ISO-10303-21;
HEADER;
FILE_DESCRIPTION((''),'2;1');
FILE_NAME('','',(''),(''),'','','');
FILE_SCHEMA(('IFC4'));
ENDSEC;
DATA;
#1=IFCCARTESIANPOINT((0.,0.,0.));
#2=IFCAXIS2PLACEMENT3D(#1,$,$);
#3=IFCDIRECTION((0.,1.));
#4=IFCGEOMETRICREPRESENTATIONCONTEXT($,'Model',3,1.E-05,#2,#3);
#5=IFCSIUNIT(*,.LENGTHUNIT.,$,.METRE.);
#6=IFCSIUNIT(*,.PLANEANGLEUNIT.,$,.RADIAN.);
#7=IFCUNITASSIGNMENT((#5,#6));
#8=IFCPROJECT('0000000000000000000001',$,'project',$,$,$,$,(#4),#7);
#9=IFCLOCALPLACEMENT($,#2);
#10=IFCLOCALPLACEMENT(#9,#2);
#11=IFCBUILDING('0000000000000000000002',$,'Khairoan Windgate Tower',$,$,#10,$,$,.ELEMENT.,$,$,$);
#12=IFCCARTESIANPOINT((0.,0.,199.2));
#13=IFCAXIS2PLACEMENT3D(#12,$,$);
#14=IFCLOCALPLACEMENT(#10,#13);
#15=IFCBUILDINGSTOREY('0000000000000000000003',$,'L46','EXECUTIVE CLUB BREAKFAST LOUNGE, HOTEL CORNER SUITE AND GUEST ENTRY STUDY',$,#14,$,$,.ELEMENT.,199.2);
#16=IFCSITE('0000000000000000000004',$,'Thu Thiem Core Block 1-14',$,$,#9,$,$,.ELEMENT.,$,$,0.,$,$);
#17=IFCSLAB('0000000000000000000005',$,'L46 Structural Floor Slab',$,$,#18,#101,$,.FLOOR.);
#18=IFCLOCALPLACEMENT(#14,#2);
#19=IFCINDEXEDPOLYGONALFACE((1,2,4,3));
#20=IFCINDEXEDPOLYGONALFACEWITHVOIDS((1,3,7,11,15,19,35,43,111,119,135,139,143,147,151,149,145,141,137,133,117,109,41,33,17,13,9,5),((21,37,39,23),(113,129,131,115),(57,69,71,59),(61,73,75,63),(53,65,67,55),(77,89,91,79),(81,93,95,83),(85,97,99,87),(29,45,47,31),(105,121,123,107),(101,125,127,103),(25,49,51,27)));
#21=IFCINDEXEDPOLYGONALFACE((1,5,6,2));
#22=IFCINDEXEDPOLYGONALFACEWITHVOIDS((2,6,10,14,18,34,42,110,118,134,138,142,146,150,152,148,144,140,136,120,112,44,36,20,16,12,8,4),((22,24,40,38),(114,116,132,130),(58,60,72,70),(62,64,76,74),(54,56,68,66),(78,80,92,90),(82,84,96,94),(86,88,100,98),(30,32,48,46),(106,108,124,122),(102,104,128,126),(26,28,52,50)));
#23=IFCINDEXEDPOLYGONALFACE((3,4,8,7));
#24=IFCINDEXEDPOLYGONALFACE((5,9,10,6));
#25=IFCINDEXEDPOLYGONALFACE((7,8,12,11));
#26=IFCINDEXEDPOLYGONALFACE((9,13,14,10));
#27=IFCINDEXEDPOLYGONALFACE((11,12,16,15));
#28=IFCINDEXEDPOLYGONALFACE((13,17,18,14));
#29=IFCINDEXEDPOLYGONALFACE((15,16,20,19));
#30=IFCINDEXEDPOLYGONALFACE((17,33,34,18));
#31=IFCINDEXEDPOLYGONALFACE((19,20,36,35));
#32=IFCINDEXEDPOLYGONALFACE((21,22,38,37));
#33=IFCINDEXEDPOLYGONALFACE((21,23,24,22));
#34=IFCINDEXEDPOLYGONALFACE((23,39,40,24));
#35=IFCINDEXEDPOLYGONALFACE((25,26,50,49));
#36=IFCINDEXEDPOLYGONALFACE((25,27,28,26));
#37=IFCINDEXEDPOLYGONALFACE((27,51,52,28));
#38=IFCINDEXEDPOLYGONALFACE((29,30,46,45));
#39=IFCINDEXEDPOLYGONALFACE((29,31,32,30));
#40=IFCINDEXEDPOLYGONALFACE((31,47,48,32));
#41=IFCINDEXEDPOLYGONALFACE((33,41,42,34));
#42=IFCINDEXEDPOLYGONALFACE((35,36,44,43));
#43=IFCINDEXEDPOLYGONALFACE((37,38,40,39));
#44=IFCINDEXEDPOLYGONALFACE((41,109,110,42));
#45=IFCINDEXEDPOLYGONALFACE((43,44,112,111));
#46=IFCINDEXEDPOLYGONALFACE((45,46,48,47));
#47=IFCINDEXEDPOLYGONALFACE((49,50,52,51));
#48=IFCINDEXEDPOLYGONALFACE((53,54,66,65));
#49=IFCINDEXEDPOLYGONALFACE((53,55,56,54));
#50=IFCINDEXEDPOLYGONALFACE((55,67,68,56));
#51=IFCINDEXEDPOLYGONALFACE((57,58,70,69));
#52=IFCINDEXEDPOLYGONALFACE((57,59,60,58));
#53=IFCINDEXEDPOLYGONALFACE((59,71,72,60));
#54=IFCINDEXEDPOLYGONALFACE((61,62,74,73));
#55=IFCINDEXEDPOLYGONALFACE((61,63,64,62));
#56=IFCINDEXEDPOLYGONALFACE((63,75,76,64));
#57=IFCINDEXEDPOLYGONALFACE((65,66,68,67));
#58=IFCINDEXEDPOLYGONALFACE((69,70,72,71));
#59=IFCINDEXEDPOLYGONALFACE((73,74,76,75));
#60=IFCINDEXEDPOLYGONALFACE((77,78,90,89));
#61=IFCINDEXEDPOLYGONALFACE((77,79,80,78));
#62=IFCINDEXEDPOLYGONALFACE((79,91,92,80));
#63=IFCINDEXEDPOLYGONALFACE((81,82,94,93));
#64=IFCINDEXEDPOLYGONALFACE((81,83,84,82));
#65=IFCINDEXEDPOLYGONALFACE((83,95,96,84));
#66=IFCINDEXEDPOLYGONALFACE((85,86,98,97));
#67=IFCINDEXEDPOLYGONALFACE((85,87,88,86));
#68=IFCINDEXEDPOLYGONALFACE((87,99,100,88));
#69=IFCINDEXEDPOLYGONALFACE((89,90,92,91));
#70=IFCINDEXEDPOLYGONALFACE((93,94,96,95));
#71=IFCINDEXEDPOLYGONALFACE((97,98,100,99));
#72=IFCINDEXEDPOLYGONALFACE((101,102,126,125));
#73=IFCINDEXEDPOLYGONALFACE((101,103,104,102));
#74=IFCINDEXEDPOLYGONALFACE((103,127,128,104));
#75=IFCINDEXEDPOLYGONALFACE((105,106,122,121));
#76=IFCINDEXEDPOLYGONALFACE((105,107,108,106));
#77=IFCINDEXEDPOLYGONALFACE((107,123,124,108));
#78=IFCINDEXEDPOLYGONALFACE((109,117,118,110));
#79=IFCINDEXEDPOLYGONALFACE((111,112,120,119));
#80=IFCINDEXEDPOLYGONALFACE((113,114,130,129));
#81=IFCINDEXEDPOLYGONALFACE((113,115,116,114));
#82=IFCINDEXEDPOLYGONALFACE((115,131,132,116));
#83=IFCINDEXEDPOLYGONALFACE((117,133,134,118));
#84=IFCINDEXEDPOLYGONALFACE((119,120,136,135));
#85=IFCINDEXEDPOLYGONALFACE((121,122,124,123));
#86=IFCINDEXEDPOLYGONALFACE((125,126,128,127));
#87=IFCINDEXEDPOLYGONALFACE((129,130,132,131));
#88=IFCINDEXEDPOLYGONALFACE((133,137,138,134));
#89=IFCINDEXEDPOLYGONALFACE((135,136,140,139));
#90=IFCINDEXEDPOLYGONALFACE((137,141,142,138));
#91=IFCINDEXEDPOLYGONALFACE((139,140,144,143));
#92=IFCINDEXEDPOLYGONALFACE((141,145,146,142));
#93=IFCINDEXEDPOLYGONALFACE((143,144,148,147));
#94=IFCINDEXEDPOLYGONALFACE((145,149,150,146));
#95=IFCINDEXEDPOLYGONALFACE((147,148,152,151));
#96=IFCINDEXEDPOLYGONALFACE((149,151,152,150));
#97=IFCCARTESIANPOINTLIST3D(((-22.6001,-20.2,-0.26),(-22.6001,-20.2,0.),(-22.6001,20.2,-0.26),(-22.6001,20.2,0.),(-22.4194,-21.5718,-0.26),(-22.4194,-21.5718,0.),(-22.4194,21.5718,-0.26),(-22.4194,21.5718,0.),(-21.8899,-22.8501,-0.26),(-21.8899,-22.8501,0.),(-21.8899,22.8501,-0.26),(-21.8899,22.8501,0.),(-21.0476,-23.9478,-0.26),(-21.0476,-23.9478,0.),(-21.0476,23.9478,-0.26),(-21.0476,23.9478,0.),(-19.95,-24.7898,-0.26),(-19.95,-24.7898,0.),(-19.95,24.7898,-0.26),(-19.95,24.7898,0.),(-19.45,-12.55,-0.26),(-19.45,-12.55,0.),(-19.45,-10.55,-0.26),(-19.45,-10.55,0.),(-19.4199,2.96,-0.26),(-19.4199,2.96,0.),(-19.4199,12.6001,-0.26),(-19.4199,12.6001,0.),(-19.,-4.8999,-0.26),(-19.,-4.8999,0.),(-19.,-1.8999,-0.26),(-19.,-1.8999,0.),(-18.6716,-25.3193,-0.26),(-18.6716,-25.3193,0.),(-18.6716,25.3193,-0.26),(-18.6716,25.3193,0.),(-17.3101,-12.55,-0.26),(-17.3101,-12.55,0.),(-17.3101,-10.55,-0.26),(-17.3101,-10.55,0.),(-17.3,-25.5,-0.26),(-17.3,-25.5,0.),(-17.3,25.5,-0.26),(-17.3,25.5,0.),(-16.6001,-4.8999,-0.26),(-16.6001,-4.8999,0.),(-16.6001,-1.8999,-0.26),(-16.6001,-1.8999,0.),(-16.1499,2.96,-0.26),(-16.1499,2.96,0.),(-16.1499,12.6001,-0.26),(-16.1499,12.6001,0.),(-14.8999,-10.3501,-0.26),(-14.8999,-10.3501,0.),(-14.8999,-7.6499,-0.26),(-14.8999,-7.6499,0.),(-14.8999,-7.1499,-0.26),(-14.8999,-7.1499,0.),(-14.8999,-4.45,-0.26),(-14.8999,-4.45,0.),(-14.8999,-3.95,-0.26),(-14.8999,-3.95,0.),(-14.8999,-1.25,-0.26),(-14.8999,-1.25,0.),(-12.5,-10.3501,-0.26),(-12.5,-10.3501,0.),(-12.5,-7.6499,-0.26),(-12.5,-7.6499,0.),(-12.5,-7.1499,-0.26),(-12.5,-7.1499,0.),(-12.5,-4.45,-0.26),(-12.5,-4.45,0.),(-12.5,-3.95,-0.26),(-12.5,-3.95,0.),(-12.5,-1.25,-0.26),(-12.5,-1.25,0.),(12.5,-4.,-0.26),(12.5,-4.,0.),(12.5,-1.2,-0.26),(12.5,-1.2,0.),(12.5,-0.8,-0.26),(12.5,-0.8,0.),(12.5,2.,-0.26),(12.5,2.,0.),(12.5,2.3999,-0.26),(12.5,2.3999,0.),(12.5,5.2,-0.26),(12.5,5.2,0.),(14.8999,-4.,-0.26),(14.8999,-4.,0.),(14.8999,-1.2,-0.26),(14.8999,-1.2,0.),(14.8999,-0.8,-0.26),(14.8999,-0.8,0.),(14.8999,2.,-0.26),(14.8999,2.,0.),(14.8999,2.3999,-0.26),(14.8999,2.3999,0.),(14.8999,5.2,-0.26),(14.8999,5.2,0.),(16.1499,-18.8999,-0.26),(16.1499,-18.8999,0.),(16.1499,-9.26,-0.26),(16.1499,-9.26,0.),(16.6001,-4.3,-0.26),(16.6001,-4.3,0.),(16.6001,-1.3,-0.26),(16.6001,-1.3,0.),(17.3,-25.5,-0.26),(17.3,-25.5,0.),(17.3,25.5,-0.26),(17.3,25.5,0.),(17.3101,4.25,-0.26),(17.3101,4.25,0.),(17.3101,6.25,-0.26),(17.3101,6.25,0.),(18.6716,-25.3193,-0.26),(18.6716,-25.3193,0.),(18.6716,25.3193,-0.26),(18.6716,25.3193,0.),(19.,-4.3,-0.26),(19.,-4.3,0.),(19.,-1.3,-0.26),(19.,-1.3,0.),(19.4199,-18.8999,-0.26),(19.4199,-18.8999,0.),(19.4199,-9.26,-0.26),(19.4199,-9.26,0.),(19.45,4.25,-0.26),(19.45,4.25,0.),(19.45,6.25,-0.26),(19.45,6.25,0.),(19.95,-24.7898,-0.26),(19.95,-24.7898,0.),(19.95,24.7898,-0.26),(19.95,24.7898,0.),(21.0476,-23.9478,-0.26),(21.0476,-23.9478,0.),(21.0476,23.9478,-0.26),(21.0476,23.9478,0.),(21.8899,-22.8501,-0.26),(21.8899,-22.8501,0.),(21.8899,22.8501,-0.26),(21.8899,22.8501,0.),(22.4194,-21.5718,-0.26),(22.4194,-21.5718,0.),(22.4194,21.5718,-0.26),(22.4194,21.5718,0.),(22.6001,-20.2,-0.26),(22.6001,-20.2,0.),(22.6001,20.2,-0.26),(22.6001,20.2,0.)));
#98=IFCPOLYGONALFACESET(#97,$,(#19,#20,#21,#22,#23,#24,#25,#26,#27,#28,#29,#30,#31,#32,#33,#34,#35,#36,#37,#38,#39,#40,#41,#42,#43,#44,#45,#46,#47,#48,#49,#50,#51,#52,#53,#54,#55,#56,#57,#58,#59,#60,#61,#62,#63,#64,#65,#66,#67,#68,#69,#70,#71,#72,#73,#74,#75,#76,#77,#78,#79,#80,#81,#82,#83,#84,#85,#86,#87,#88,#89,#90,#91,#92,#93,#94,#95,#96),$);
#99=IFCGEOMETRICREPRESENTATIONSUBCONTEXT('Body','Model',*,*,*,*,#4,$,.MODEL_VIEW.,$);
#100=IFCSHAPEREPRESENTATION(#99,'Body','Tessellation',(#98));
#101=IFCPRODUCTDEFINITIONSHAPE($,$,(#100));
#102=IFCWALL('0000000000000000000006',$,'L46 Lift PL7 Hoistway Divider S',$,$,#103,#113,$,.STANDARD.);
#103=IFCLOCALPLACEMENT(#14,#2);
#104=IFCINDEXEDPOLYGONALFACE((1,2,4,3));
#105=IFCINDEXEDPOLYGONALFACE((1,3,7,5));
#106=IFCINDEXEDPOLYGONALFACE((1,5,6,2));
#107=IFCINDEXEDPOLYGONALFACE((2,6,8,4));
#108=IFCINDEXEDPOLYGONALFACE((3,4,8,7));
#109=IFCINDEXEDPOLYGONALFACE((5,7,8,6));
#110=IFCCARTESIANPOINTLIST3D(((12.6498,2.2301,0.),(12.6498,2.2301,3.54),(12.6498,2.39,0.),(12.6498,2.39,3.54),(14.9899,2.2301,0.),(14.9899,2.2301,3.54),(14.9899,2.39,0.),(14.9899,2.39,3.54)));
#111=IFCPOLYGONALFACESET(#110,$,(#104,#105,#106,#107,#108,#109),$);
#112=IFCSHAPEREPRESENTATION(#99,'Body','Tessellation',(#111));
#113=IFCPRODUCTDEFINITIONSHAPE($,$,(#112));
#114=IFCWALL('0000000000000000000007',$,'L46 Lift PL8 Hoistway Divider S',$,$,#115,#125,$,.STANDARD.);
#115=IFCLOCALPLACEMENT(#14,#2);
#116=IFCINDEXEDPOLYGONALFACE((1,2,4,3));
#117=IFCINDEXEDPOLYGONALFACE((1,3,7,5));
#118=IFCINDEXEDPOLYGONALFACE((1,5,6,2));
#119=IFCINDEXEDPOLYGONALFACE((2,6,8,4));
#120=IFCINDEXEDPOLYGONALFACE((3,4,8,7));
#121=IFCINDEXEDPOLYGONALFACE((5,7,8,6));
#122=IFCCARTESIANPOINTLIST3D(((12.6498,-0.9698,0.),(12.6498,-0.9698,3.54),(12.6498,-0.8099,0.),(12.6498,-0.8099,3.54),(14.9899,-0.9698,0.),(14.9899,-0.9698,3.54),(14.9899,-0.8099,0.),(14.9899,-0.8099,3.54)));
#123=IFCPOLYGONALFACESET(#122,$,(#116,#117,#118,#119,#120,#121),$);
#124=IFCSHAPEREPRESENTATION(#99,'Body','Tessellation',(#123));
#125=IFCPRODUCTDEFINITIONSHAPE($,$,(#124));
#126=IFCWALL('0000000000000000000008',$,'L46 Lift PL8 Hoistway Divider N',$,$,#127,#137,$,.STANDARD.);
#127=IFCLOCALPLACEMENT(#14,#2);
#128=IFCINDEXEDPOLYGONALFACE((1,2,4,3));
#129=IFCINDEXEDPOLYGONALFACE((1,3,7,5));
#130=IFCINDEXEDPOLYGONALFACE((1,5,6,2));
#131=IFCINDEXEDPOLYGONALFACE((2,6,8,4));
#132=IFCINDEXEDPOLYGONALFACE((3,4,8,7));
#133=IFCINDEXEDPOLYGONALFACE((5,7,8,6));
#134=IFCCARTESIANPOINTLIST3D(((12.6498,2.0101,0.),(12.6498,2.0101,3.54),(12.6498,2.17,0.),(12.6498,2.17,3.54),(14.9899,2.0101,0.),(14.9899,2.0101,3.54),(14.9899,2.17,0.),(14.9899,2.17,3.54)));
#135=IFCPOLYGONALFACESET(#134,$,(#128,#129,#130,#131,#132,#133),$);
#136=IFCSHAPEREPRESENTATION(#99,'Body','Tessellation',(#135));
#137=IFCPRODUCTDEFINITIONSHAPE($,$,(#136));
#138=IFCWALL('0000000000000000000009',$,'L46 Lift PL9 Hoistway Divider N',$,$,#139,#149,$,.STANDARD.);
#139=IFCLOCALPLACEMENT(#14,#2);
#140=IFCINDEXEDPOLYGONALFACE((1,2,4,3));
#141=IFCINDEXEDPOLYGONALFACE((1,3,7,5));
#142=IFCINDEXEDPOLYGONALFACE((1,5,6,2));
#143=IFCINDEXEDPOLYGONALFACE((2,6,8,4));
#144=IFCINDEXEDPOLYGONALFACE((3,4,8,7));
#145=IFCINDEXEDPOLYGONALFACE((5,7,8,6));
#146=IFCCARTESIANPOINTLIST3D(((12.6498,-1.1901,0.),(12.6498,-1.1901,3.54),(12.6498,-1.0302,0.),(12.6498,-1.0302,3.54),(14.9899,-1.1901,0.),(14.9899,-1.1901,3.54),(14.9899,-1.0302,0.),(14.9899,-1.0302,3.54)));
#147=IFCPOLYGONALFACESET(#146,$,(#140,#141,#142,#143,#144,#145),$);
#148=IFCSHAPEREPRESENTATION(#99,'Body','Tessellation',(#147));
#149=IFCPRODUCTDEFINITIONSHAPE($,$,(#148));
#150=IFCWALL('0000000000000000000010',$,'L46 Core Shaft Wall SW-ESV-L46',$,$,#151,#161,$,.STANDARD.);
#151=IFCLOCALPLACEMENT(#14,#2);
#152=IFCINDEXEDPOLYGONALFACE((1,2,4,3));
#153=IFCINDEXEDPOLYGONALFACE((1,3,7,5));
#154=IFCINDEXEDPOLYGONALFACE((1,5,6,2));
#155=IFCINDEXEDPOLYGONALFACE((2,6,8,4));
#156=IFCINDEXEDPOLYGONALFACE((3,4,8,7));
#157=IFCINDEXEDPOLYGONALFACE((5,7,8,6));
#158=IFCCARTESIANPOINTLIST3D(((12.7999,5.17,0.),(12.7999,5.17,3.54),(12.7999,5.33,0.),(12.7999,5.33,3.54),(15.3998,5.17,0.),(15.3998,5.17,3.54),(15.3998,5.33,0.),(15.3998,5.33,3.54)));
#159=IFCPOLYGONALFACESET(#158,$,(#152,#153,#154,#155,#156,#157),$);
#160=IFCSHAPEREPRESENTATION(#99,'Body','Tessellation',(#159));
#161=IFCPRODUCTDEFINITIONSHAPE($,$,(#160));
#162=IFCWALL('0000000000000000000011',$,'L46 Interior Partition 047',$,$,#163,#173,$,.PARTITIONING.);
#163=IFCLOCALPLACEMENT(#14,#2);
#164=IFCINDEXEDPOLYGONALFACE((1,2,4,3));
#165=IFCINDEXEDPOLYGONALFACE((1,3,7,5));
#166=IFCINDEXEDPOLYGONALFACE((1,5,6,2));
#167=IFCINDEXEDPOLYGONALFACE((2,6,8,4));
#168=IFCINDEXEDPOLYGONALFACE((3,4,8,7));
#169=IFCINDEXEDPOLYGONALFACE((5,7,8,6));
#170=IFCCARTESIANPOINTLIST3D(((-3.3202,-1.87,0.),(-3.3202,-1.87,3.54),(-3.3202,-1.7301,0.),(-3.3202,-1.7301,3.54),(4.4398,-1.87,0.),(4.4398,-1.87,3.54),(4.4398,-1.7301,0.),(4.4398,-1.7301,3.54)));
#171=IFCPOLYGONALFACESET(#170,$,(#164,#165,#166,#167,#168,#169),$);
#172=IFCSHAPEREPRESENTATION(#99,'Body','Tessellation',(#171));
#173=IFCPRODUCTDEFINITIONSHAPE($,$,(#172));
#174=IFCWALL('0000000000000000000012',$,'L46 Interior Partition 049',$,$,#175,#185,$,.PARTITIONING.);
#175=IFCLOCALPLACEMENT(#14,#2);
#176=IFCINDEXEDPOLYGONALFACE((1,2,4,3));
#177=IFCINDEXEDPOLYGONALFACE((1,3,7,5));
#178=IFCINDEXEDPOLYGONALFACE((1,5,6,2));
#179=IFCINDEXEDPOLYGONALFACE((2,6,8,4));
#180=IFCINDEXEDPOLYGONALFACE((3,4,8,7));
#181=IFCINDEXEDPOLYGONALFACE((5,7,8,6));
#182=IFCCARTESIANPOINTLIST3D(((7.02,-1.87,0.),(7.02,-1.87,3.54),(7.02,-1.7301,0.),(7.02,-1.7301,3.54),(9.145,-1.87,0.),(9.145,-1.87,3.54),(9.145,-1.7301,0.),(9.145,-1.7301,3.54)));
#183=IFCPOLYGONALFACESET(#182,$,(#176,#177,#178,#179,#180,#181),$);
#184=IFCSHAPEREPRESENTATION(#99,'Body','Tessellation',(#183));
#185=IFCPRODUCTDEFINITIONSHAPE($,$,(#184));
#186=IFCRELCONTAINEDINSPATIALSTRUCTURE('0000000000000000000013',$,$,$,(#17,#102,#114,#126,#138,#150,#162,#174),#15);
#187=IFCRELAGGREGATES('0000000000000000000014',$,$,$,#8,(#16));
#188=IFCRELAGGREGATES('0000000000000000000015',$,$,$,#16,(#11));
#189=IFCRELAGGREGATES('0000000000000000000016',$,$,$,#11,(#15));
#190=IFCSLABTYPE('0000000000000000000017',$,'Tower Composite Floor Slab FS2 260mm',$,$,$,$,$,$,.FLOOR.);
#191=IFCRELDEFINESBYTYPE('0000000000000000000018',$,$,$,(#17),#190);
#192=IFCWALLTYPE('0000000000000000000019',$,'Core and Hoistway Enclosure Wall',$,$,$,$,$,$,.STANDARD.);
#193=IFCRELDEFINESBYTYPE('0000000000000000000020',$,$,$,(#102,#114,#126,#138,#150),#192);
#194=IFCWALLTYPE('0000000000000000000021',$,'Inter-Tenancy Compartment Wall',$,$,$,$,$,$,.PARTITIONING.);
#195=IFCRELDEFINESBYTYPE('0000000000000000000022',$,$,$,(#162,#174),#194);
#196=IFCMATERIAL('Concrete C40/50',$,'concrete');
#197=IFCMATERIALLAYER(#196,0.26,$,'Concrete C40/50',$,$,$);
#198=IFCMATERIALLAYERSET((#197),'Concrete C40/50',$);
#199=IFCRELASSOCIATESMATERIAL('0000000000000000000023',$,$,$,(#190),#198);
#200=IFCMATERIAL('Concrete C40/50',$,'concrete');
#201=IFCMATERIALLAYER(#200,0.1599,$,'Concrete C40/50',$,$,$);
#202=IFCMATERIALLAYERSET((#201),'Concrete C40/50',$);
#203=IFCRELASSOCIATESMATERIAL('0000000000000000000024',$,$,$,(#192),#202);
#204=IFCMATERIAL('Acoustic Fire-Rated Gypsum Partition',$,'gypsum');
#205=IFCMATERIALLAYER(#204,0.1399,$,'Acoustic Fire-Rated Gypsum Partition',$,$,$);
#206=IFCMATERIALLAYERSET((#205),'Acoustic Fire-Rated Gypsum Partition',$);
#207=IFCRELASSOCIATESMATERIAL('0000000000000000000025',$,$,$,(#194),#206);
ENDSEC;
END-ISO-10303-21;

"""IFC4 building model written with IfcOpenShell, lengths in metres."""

from ifc_helpers import new_model, si_unit, direction, frame, frame_2d, origin, place, context, subcontext, project, spatial, polyline, rectangle, outline, extrude, material, layer, layer_set, type_object, element, save


model = new_model("IFC4")

# Units and contexts
model_context = context("Model", 3, precision=1e-05, world=origin(), true_north=direction((0.0, 1.0)))
body_context = subcontext(model_context, "Body", "Model", "MODEL_VIEW")
ifc_project = project(units=[si_unit("LENGTHUNIT", "METRE"), si_unit("PLANEANGLEUNIT", "RADIAN")], contexts=[model_context])

# Site, building, storey
site_placement = place(None, origin())
site = spatial("IfcSite", under=ifc_project, at=site_placement, Name="Thu Thiem Core Block 1-14", CompositionType="ELEMENT", RefElevation=0.0)
building_placement = place(site_placement, origin())
building = spatial("IfcBuilding", under=site, at=building_placement, Name="Khairoan Windgate Tower", CompositionType="ELEMENT")
storey_placement = place(building_placement, frame((0.0, 0.0, 199.2)))
storey = spatial("IfcBuildingStorey", under=building, at=storey_placement, Name="L46", Description="EXECUTIVE CLUB BREAKFAST LOUNGE, HOTEL CORNER SUITE AND GUEST ENTRY STUDY", CompositionType="ELEMENT", Elevation=199.2)

# Slab
ifc_material_1 = material(Name="Concrete C40/50", Category="concrete")
ifc_layer_1 = layer(ifc_material_1, 0.26, Name="Concrete C40/50")
ifc_layer_set_1 = layer_set([ifc_layer_1], Name="Concrete C40/50")
slab_type_1 = type_object("IfcSlabType", Name="Tower Composite Floor Slab FS2 260mm", PredefinedType="FLOOR", material=ifc_layer_set_1)
slab_1_placement = place(storey_placement, frame((0.0, 0.0, -0.26)))
element("IfcSlab", 1, at=slab_1_placement, inside=storey, type_object=slab_type_1, Name="L46 Structural Floor Slab", PredefinedType="FLOOR", context=body_context, shape_type="SweptSolid", body=[
    extrude(outline(polyline([(17.3, -25.5), (18.6716, -25.3193), (19.95, -24.7898), (21.0476, -23.9478), (21.8899, -22.8501), (22.4194, -21.5718), (22.6001, -20.2), (22.6001, 20.2), (22.4194, 21.5718), (21.8899, 22.8501), (21.0476, 23.9478), (19.95, 24.7898), (18.6716, 25.3193), (17.3, 25.5), (-17.3, 25.5), (-18.6716, 25.3193), (-19.95, 24.7898), (-21.0476, 23.9478), (-21.8899, 22.8501), (-22.4194, 21.5718), (-22.6001, 20.2), (-22.6001, -20.2), (-22.4194, -21.5718), (-21.8899, -22.8501), (-21.0476, -23.9478), (-19.95, -24.7898), (-18.6716, -25.3193), (-17.3, -25.5), (17.3, -25.5)]), holes=[polyline([(16.1499, -9.26), (16.1499, -18.8999), (19.4199, -18.8999), (19.4199, -9.26), (16.1499, -9.26)]), polyline([(-16.1499, 2.96), (-16.1499, 12.6001), (-19.4199, 12.6001), (-19.4199, 2.96), (-16.1499, 2.96)]), polyline([(-14.8999, -3.95), (-12.5, -3.95), (-12.5, -1.25), (-14.8999, -1.25), (-14.8999, -3.95)]), polyline([(-14.8999, -7.1499), (-12.5, -7.1499), (-12.5, -4.45), (-14.8999, -4.45), (-14.8999, -7.1499)]), polyline([(-14.8999, -10.3501), (-12.5, -10.3501), (-12.5, -7.6499), (-14.8999, -7.6499), (-14.8999, -10.3501)]), polyline([(12.5, 2.3999), (14.8999, 2.3999), (14.8999, 5.2), (12.5, 5.2), (12.5, 2.3999)]), polyline([(12.5, -0.8), (14.8999, -0.8), (14.8999, 2.0), (12.5, 2.0), (12.5, -0.8)]), polyline([(12.5, -4.0), (14.8999, -4.0), (14.8999, -1.2), (12.5, -1.2), (12.5, -4.0)]), polyline([(16.6001, -4.3), (19.0, -4.3), (19.0, -1.3), (16.6001, -1.3), (16.6001, -4.3)]), polyline([(-19.0, -4.8999), (-16.6001, -4.8999), (-16.6001, -1.8999), (-19.0, -1.8999), (-19.0, -4.8999)]), polyline([(-19.45, -12.55), (-17.3101, -12.55), (-17.3101, -10.55), (-19.45, -10.55), (-19.45, -12.55)]), polyline([(17.3101, 4.25), (19.45, 4.25), (19.45, 6.25), (17.3101, 6.25), (17.3101, 4.25)])]), origin(), (0.0, 0.0, 1.0), 0.26),
])

# Walls
ifc_material_2 = material(Name="Concrete C40/50", Category="concrete")
ifc_layer_2 = layer(ifc_material_2, 0.1599, Name="Concrete C40/50")
ifc_layer_set_2 = layer_set([ifc_layer_2], Name="Concrete C40/50")
wall_type_1 = type_object("IfcWallType", Name="Core and Hoistway Enclosure Wall", PredefinedType="STANDARD", material=ifc_layer_set_2)
for number, where, z_axis, x_axis, name in (
    (2, (12.6499, 2.3101, 0.0), (0.0, 0.0, 1.0), (1.0, 0.0, 0.0), "L46 Lift PL7 Hoistway Divider S"),
    (3, (12.6499, -0.8899, 0.0), (0.0, 0.0, 1.0), (1.0, 0.0, 0.0), "L46 Lift PL8 Hoistway Divider S"),
    (4, (12.6499, 2.0901, 0.0), (0.0, 0.0, 1.0), (1.0, 0.0, 0.0), "L46 Lift PL8 Hoistway Divider N"),
    (5, (12.6499, -1.1101, 0.0), (0.0, 0.0, 1.0), (1.0, 0.0, 0.0), "L46 Lift PL9 Hoistway Divider N"),
):
    element("IfcWall", number, at=place(storey_placement, frame(where, z_axis=z_axis, x_axis=x_axis)), inside=storey, type_object=wall_type_1, Name=name, PredefinedType="STANDARD", context=body_context, shape_type="SweptSolid", body=[
        extrude(rectangle(XDim=2.3401, YDim=0.1599, at=frame_2d((1.1699, 0.0))), origin(), (0.0, 0.0, 1.0), 3.54),
    ])
wall_1_placement = place(storey_placement, frame((12.8, 5.25, 0.0), z_axis=(0.0, 0.0, 1.0), x_axis=(1.0, 0.0, 0.0)))
element("IfcWall", 6, at=wall_1_placement, inside=storey, type_object=wall_type_1, Name="L46 Core Shaft Wall SW-ESV-L46", PredefinedType="STANDARD", context=body_context, shape_type="SweptSolid", body=[
    extrude(rectangle(XDim=2.5999, YDim=0.1599, at=frame_2d((1.2998, 0.0))), origin(), (0.0, 0.0, 1.0), 3.54),
])
ifc_material_3 = material(Name="Acoustic Fire-Rated Gypsum Partition", Category="gypsum")
ifc_layer_3 = layer(ifc_material_3, 0.1399, Name="Acoustic Fire-Rated Gypsum Partition")
ifc_layer_set_3 = layer_set([ifc_layer_3], Name="Acoustic Fire-Rated Gypsum Partition")
wall_type_2 = type_object("IfcWallType", Name="Inter-Tenancy Compartment Wall", PredefinedType="PARTITIONING", material=ifc_layer_set_3)
wall_2_placement = place(storey_placement, frame((-3.3201, -1.8, 0.0), z_axis=(0.0, 0.0, 1.0), x_axis=(1.0, 0.0, 0.0)))
element("IfcWall", 7, at=wall_2_placement, inside=storey, type_object=wall_type_2, Name="L46 Interior Partition 047", PredefinedType="PARTITIONING", context=body_context, shape_type="SweptSolid", body=[
    extrude(rectangle(XDim=7.76, YDim=0.1399, at=frame_2d((3.8799, 0.0))), origin(), (0.0, 0.0, 1.0), 3.54),
])
wall_3_placement = place(storey_placement, frame((7.02, -1.8, 0.0), z_axis=(0.0, 0.0, 1.0), x_axis=(1.0, 0.0, 0.0)))
element("IfcWall", 8, at=wall_3_placement, inside=storey, type_object=wall_type_2, Name="L46 Interior Partition 049", PredefinedType="PARTITIONING", context=body_context, shape_type="SweptSolid", body=[
    extrude(rectangle(XDim=2.125, YDim=0.1399, at=frame_2d((1.0625, 0.0))), origin(), (0.0, 0.0, 1.0), 3.54),
])

save(model, "model.ifc")
